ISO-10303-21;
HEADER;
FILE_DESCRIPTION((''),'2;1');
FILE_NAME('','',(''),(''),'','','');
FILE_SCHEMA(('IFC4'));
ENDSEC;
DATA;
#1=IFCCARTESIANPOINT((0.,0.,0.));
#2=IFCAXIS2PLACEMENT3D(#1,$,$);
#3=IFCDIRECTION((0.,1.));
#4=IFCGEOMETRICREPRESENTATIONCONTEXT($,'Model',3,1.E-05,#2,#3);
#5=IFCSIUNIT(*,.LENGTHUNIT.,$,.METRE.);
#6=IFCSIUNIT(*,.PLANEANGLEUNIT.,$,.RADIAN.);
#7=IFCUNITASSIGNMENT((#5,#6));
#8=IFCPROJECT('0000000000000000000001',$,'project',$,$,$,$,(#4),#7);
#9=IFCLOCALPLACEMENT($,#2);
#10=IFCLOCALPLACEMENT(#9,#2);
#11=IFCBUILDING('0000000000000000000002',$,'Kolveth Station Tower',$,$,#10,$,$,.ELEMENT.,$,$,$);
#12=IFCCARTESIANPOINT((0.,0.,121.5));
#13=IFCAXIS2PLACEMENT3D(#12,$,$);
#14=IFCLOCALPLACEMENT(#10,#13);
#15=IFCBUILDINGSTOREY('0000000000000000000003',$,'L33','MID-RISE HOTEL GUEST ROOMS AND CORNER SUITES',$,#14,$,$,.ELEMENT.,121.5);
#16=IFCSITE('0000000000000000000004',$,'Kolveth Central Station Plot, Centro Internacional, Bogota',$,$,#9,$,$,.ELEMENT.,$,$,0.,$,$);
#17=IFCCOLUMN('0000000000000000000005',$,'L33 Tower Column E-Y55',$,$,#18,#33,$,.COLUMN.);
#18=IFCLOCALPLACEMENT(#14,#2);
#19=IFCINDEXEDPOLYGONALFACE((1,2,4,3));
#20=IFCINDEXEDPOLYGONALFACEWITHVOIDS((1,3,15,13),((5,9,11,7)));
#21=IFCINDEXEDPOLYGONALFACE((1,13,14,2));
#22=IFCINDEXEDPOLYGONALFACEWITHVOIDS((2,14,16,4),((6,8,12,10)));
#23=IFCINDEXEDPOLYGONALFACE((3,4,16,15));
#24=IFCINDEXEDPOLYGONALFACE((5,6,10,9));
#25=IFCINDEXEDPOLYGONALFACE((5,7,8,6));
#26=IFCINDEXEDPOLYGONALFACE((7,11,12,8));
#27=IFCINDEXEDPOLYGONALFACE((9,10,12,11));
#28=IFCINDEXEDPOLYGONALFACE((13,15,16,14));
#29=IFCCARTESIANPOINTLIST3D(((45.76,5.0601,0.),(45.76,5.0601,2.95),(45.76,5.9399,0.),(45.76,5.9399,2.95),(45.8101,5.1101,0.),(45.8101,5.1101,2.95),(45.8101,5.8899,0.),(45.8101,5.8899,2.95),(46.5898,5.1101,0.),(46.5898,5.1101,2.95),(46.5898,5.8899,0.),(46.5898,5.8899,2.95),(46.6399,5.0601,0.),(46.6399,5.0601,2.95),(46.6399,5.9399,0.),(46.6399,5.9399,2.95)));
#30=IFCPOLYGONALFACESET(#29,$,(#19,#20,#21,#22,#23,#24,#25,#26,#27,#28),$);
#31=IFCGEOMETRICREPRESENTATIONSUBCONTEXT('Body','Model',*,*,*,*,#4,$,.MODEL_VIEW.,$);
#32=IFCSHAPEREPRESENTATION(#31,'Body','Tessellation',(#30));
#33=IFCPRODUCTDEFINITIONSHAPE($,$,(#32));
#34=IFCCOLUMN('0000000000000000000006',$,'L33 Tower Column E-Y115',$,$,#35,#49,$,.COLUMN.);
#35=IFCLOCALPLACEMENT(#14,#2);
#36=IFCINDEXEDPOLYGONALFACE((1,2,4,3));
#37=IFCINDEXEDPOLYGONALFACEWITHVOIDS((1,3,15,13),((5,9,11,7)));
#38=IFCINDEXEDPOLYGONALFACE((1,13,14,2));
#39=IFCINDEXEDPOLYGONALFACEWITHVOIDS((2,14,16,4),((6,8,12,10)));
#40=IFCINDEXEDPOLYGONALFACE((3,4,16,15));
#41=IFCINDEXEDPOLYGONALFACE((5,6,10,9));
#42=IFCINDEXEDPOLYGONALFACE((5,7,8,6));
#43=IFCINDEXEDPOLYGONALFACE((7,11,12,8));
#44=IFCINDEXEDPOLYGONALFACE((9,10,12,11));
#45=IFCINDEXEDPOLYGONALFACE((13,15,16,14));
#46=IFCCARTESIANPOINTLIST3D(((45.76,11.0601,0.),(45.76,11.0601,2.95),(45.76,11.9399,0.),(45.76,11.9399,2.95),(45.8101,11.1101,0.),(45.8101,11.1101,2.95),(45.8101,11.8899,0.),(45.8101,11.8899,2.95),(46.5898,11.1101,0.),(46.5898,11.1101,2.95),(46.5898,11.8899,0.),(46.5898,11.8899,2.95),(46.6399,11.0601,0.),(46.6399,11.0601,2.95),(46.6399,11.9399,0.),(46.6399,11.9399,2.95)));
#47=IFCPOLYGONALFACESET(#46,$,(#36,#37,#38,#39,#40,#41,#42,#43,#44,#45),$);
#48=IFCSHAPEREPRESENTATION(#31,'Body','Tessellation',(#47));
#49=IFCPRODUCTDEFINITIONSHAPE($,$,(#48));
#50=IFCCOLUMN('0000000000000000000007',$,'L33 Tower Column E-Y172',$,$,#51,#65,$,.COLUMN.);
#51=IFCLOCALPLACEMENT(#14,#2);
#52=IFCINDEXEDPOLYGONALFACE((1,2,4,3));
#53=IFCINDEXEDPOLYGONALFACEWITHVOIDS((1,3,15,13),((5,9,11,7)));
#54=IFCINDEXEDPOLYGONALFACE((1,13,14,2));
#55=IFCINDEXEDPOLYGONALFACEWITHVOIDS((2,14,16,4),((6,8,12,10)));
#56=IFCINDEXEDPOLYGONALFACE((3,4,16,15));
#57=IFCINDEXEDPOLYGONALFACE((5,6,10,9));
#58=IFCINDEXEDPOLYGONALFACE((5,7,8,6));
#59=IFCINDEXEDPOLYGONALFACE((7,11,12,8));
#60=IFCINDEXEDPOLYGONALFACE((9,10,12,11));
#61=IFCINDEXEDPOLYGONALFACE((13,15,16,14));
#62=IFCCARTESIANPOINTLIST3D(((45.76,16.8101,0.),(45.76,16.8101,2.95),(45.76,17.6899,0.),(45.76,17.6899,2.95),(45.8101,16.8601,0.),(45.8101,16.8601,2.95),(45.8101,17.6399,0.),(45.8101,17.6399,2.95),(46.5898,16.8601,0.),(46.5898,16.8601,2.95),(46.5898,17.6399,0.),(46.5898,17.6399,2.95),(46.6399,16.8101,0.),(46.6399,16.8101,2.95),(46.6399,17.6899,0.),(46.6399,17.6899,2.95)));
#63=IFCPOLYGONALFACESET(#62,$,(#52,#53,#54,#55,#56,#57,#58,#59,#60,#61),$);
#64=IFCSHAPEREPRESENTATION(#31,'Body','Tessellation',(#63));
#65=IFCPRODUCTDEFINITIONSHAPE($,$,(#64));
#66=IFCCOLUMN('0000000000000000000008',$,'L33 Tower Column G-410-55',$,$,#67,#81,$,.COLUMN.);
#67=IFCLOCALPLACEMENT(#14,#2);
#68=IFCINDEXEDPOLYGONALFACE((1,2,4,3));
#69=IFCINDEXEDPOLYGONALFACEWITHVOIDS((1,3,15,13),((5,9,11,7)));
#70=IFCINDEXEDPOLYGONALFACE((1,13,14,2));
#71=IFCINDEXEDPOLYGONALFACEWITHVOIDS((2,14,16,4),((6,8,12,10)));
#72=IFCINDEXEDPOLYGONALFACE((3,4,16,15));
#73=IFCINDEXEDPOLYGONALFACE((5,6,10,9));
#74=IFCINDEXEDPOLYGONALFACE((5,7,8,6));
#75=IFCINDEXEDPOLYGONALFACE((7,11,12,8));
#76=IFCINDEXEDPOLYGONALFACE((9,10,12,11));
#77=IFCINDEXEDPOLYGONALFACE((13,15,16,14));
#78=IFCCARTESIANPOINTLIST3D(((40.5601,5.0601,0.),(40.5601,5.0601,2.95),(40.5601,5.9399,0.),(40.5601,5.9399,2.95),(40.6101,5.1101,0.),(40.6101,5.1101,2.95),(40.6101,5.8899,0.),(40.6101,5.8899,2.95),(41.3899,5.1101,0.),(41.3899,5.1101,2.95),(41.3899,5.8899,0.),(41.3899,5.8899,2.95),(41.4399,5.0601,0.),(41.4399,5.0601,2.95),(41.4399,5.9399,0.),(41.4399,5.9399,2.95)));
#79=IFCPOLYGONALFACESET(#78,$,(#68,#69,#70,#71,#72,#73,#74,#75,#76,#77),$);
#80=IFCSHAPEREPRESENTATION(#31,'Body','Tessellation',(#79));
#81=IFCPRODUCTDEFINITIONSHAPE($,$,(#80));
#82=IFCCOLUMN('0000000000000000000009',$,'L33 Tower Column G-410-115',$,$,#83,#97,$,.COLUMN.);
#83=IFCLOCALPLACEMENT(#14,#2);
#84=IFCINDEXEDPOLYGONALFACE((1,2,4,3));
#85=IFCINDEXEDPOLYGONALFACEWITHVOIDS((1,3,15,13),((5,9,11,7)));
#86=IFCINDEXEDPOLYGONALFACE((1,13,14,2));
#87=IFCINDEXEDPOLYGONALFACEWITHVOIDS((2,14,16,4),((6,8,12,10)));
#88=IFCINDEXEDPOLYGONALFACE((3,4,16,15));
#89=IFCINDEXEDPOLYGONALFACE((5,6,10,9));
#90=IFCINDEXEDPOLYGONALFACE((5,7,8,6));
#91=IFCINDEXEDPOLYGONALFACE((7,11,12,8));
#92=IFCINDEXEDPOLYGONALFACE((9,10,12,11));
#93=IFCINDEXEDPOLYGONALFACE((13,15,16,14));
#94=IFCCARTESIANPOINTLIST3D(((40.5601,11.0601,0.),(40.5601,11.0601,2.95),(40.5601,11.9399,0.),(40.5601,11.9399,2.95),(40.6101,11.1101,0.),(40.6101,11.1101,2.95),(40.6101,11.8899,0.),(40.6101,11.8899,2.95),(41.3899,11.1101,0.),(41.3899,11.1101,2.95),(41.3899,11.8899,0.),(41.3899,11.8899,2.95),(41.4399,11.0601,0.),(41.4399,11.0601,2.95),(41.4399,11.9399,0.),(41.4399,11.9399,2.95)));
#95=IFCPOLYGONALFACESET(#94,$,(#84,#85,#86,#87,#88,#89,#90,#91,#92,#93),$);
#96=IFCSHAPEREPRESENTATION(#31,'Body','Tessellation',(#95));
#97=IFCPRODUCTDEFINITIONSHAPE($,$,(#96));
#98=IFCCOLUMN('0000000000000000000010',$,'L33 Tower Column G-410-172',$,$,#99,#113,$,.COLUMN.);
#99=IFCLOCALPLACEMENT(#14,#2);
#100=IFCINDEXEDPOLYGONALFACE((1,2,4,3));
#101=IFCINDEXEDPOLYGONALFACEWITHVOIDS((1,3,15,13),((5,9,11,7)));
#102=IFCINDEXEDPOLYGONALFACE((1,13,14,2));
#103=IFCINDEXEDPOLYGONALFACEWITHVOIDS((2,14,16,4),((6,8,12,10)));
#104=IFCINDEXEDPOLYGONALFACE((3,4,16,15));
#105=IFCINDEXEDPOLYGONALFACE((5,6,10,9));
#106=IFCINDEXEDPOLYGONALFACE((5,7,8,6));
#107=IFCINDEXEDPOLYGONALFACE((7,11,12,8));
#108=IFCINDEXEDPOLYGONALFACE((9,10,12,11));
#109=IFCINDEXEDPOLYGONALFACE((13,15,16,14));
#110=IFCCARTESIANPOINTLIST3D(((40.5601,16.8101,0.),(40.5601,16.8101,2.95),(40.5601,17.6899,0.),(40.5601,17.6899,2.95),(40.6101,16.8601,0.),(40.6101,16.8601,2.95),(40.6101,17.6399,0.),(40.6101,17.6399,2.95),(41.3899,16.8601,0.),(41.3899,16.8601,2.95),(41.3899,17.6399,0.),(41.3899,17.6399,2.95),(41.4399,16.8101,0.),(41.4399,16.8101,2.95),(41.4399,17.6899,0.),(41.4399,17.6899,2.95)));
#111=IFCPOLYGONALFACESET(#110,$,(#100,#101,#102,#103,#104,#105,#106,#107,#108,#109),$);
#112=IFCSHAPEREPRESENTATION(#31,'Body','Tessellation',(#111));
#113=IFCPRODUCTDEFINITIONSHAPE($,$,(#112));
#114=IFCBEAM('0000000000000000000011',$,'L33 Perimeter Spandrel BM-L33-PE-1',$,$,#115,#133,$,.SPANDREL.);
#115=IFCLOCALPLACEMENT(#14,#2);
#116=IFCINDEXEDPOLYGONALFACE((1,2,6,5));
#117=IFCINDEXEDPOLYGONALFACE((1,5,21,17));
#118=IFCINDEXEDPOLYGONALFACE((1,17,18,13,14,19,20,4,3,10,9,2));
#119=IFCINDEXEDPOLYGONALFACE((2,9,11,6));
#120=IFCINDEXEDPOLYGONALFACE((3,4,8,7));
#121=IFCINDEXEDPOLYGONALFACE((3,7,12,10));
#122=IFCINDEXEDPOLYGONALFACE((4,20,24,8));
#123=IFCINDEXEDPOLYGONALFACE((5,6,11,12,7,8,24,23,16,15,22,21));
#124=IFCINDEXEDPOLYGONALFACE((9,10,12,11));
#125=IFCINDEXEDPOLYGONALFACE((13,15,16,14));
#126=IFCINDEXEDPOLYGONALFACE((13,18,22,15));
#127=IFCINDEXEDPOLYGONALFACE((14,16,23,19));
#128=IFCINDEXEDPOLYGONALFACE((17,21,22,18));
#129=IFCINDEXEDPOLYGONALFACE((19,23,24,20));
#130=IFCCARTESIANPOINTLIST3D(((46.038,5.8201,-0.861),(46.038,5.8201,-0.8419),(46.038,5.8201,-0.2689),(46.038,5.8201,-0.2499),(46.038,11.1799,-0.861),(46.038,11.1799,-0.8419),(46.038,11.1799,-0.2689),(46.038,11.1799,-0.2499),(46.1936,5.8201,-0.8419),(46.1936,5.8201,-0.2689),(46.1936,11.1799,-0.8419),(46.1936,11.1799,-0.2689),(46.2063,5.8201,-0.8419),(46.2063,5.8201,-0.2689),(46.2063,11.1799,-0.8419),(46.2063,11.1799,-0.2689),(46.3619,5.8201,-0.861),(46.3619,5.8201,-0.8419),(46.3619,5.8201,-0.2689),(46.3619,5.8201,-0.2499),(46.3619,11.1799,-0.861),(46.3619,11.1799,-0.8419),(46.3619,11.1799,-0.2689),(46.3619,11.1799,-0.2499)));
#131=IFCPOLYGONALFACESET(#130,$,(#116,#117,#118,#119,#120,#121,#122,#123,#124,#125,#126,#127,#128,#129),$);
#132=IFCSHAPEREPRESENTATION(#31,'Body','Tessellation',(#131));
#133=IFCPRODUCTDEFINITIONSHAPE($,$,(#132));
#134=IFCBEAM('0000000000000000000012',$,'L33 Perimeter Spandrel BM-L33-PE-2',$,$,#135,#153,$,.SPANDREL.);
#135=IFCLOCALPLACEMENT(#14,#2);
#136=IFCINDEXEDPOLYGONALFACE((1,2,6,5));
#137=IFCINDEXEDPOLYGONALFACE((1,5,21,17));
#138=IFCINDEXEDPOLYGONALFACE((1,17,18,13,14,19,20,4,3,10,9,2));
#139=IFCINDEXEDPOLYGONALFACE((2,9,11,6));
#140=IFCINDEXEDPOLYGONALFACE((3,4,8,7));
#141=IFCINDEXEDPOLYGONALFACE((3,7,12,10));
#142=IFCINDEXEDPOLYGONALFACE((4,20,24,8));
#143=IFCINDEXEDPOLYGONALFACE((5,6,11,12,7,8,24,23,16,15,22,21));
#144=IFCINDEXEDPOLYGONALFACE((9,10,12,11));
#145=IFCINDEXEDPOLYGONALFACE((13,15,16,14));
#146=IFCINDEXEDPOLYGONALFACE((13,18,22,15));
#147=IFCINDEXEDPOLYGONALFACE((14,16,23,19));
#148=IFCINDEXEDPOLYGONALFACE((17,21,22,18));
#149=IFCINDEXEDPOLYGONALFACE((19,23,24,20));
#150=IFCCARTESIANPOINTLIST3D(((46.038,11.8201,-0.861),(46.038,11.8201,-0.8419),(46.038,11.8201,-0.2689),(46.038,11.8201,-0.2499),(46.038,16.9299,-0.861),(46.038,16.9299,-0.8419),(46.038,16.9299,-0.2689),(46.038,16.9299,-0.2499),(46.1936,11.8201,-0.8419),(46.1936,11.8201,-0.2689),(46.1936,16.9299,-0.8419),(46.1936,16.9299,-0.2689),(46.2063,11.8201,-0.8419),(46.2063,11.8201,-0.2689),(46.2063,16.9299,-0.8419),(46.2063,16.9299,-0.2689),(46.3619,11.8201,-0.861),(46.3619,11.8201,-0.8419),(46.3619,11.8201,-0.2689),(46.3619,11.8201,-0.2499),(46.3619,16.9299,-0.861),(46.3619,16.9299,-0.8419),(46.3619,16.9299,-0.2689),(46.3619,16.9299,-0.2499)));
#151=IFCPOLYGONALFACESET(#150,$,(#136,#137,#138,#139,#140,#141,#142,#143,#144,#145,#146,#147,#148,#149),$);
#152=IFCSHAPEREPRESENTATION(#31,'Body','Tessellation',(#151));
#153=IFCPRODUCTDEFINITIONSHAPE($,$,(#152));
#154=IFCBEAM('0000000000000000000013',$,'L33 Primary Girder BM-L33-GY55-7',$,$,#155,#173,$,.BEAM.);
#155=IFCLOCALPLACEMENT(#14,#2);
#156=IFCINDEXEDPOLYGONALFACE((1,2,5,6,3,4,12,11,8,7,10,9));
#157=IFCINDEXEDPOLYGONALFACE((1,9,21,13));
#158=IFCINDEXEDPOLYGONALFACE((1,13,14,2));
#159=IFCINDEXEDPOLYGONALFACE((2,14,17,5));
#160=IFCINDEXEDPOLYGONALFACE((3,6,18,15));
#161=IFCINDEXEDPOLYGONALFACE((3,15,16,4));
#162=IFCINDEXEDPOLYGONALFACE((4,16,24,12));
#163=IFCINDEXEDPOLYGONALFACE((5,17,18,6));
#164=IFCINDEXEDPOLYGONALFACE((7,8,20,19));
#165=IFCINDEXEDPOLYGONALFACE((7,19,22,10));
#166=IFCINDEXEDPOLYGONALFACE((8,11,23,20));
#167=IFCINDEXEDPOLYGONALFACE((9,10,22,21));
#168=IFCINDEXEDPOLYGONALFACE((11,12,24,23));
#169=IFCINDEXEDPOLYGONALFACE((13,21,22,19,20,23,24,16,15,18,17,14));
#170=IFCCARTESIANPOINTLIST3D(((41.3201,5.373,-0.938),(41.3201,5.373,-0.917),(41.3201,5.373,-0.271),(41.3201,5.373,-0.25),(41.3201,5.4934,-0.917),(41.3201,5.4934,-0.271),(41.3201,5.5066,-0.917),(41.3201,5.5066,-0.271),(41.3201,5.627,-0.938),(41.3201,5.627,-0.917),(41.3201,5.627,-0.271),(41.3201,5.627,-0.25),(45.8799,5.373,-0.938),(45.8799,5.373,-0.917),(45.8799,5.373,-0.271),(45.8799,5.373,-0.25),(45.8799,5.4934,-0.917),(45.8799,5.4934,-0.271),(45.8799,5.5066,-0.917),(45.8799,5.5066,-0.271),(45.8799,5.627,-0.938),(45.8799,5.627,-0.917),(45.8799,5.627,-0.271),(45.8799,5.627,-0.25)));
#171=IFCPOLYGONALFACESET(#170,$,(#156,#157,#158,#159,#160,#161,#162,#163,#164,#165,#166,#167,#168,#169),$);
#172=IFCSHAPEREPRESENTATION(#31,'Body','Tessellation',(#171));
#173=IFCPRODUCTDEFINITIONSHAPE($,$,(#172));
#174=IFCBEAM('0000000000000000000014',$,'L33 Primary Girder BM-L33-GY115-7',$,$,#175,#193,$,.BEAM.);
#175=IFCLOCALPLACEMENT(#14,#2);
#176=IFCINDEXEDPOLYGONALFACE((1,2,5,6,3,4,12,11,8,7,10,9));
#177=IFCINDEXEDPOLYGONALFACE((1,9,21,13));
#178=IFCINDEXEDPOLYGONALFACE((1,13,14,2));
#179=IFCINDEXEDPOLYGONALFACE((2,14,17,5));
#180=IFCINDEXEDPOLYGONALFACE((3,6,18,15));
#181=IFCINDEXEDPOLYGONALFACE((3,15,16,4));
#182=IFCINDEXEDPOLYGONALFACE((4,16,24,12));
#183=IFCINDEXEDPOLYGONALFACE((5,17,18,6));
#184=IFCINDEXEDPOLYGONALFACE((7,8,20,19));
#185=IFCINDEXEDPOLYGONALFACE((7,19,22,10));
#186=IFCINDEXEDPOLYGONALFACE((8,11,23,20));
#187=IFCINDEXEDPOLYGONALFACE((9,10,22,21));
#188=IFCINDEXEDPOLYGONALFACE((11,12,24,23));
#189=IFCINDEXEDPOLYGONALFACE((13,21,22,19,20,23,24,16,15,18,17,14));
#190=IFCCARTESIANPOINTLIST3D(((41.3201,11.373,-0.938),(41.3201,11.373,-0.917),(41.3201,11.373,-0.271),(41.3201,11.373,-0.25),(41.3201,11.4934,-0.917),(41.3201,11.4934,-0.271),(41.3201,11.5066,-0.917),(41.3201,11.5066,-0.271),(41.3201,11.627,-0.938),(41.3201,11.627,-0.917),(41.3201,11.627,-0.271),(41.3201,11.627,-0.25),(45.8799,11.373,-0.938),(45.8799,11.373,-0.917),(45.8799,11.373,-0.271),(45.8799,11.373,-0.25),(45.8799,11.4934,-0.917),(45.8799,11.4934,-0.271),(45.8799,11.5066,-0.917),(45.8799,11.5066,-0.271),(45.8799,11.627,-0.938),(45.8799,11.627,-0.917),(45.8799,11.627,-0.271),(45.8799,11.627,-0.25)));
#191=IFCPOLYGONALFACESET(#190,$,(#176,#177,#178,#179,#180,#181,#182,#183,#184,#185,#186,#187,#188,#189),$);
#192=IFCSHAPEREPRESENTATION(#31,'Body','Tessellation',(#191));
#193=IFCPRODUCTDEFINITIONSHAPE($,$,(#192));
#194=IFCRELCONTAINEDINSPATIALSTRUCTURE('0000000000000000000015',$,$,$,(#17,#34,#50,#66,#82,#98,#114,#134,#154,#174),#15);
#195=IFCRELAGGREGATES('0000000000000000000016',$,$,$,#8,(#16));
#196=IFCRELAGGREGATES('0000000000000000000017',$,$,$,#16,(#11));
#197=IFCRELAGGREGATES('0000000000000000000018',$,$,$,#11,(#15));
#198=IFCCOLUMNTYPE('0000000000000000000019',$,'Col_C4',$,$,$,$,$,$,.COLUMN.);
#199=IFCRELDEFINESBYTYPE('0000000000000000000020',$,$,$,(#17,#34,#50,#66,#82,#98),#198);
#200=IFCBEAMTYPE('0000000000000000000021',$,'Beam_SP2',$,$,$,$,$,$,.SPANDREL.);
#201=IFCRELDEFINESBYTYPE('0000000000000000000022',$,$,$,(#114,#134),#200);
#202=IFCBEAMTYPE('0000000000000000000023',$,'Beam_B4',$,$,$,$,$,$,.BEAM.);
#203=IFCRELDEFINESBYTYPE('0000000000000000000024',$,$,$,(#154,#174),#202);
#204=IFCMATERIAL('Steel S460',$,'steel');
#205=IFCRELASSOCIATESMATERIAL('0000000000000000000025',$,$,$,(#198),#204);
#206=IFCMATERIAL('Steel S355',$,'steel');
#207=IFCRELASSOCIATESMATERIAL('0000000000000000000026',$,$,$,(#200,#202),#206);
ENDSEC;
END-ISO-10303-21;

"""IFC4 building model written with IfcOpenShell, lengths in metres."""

from ifc_helpers import new_model, si_unit, direction, frame, origin, origin_2d, place, context, subcontext, project, spatial, hollow_rectangle, i_section, extrude, source, transform, mapped, material, material_profile, profile_set, type_object, element, save


model = new_model("IFC4")

# Units and contexts
model_context = context("Model", 3, precision=1e-05, world=origin(), true_north=direction((0.0, 1.0)))
body_context = subcontext(model_context, "Body", "Model", "MODEL_VIEW")
ifc_project = project(units=[si_unit("LENGTHUNIT", "METRE"), si_unit("PLANEANGLEUNIT", "RADIAN")], contexts=[model_context])

# Site, building, storey
site_placement = place(None, origin())
site = spatial("IfcSite", under=ifc_project, at=site_placement, Name="Kolveth Central Station Plot, Centro Internacional, Bogota", CompositionType="ELEMENT", RefElevation=0.0)
building_placement = place(site_placement, origin())
building = spatial("IfcBuilding", under=site, at=building_placement, Name="Kolveth Station Tower", CompositionType="ELEMENT")
storey_placement = place(building_placement, frame((0.0, 0.0, 121.5)))
storey = spatial("IfcBuildingStorey", under=building, at=storey_placement, Name="L33", Description="MID-RISE HOTEL GUEST ROOMS AND CORNER SUITES", CompositionType="ELEMENT", Elevation=121.5)

# Columns
ifc_material_1 = material(Name="Steel S460", Category="steel")
ifc_material_profile_1 = material_profile(ifc_material_1, hollow_rectangle(XDim=0.8799, YDim=0.8799, WallThickness=0.05, at=origin_2d()), Name="BOX880x880x50")
ifc_profile_set_1 = profile_set([ifc_material_profile_1], Name="Steel S460")
column_type = type_object("IfcColumnType", Name="Col_C4", PredefinedType="COLUMN", material=ifc_profile_set_1)
shared_shape_1 = source(origin(), body_context, "Body", "SweptSolid", [
    extrude(hollow_rectangle(XDim=0.8799, YDim=0.8799, WallThickness=0.05, at=origin_2d()), origin(), (0.0, 0.0, 1.0), 2.95),
])
for number, where, z_axis, x_axis, name in (
    (1, (46.2, 5.5, 0.0), (0.0, 0.0, 1.0), (1.0, 0.0, 0.0), "L33 Tower Column E-Y55"),
    (2, (46.2, 11.5, 0.0), (0.0, 0.0, 1.0), (1.0, 0.0, 0.0), "L33 Tower Column E-Y115"),
    (3, (46.2, 17.25, 0.0), (0.0, 0.0, 1.0), (1.0, 0.0, 0.0), "L33 Tower Column E-Y172"),
    (4, (41.0, 5.5, 0.0), (0.0, 0.0, 1.0), (1.0, 0.0, 0.0), "L33 Tower Column G-410-55"),
    (5, (41.0, 11.5, 0.0), (0.0, 0.0, 1.0), (1.0, 0.0, 0.0), "L33 Tower Column G-410-115"),
    (6, (41.0, 17.25, 0.0), (0.0, 0.0, 1.0), (1.0, 0.0, 0.0), "L33 Tower Column G-410-172"),
):
    element("IfcColumn", number, at=place(storey_placement, frame(where, z_axis=z_axis, x_axis=x_axis)), inside=storey, type_object=column_type, Name=name, PredefinedType="COLUMN", context=body_context, shape_type="MappedRepresentation", body=[
        mapped(shared_shape_1, transform((0.0, 0.0, 0.0), x_axis=(1.0, 0.0, 0.0), y_axis=(0.0, 1.0, 0.0), z_axis=(0.0, 0.0, 1.0), scale=1.0)),
    ])

# Beams
ifc_material_2 = material(Name="Steel S355", Category="steel")
ifc_material_profile_2 = material_profile(ifc_material_2, i_section(OverallWidth=0.324, OverallDepth=0.6111, WebThickness=0.0127, FlangeThickness=0.019, at=origin_2d()), Name="W610x155")
ifc_profile_set_2 = profile_set([ifc_material_profile_2], Name="Steel S355")
beam_type_1 = type_object("IfcBeamType", Name="Beam_SP2", PredefinedType="SPANDREL", material=ifc_profile_set_2)
shared_shape_2 = source(origin(), body_context, "Body", "SweptSolid", [
    extrude(i_section(OverallWidth=0.324, OverallDepth=0.6111, WebThickness=0.0127, FlangeThickness=0.019, at=origin_2d()), origin(), (0.0, 0.0, 1.0), 5.3599),
])
beam_1_placement = place(storey_placement, frame((46.2, 5.8201, -0.5554), z_axis=(0.0, 1.0, 0.0), x_axis=(-1.0, 0.0, 0.0)))
element("IfcBeam", 7, at=beam_1_placement, inside=storey, type_object=beam_type_1, Name="L33 Perimeter Spandrel BM-L33-PE-1", PredefinedType="SPANDREL", context=body_context, shape_type="MappedRepresentation", body=[
    mapped(shared_shape_2, transform((0.0, 0.0, 0.0), x_axis=(1.0, 0.0, 0.0), y_axis=(0.0, 1.0, 0.0), z_axis=(0.0, 0.0, 1.0), scale=1.0)),
])
shared_shape_3 = source(origin(), body_context, "Body", "SweptSolid", [
    extrude(i_section(OverallWidth=0.324, OverallDepth=0.6111, WebThickness=0.0127, FlangeThickness=0.019, at=origin_2d()), origin(), (0.0, 0.0, 1.0), 5.1099),
])
beam_2_placement = place(storey_placement, frame((46.2, 11.8201, -0.5554), z_axis=(0.0, 1.0, 0.0), x_axis=(-1.0, 0.0, 0.0)))
element("IfcBeam", 8, at=beam_2_placement, inside=storey, type_object=beam_type_1, Name="L33 Perimeter Spandrel BM-L33-PE-2", PredefinedType="SPANDREL", context=body_context, shape_type="MappedRepresentation", body=[
    mapped(shared_shape_3, transform((0.0, 0.0, 0.0), x_axis=(1.0, 0.0, 0.0), y_axis=(0.0, 1.0, 0.0), z_axis=(0.0, 0.0, 1.0), scale=1.0)),
])
ifc_material_profile_3 = material_profile(ifc_material_2, i_section(OverallWidth=0.2539, OverallDepth=0.688, WebThickness=0.0132, FlangeThickness=0.021, at=origin_2d()), Name="W690x152")
ifc_profile_set_3 = profile_set([ifc_material_profile_3], Name="Steel S355")
beam_type_2 = type_object("IfcBeamType", Name="Beam_B4", PredefinedType="BEAM", material=ifc_profile_set_3)
shared_shape_4 = source(origin(), body_context, "Body", "SweptSolid", [
    extrude(i_section(OverallWidth=0.2539, OverallDepth=0.688, WebThickness=0.0132, FlangeThickness=0.021, at=origin_2d()), origin(), (0.0, 0.0, 1.0), 4.5598),
])
for number, where, z_axis, x_axis, name in (
    (9, (41.3201, 5.5, -0.594), (1.0, 0.0, 0.0), (0.0, 1.0, 0.0), "L33 Primary Girder BM-L33-GY55-7"),
    (10, (41.3201, 11.5, -0.594), (1.0, 0.0, 0.0), (0.0, 1.0, 0.0), "L33 Primary Girder BM-L33-GY115-7"),
):
    element("IfcBeam", number, at=place(storey_placement, frame(where, z_axis=z_axis, x_axis=x_axis)), inside=storey, type_object=beam_type_2, Name=name, PredefinedType="BEAM", context=body_context, shape_type="MappedRepresentation", body=[
        mapped(shared_shape_4, transform((0.0, 0.0, 0.0), x_axis=(1.0, 0.0, 0.0), y_axis=(0.0, 1.0, 0.0), z_axis=(0.0, 0.0, 1.0), scale=1.0)),
    ])

save(model, "model.ifc")
